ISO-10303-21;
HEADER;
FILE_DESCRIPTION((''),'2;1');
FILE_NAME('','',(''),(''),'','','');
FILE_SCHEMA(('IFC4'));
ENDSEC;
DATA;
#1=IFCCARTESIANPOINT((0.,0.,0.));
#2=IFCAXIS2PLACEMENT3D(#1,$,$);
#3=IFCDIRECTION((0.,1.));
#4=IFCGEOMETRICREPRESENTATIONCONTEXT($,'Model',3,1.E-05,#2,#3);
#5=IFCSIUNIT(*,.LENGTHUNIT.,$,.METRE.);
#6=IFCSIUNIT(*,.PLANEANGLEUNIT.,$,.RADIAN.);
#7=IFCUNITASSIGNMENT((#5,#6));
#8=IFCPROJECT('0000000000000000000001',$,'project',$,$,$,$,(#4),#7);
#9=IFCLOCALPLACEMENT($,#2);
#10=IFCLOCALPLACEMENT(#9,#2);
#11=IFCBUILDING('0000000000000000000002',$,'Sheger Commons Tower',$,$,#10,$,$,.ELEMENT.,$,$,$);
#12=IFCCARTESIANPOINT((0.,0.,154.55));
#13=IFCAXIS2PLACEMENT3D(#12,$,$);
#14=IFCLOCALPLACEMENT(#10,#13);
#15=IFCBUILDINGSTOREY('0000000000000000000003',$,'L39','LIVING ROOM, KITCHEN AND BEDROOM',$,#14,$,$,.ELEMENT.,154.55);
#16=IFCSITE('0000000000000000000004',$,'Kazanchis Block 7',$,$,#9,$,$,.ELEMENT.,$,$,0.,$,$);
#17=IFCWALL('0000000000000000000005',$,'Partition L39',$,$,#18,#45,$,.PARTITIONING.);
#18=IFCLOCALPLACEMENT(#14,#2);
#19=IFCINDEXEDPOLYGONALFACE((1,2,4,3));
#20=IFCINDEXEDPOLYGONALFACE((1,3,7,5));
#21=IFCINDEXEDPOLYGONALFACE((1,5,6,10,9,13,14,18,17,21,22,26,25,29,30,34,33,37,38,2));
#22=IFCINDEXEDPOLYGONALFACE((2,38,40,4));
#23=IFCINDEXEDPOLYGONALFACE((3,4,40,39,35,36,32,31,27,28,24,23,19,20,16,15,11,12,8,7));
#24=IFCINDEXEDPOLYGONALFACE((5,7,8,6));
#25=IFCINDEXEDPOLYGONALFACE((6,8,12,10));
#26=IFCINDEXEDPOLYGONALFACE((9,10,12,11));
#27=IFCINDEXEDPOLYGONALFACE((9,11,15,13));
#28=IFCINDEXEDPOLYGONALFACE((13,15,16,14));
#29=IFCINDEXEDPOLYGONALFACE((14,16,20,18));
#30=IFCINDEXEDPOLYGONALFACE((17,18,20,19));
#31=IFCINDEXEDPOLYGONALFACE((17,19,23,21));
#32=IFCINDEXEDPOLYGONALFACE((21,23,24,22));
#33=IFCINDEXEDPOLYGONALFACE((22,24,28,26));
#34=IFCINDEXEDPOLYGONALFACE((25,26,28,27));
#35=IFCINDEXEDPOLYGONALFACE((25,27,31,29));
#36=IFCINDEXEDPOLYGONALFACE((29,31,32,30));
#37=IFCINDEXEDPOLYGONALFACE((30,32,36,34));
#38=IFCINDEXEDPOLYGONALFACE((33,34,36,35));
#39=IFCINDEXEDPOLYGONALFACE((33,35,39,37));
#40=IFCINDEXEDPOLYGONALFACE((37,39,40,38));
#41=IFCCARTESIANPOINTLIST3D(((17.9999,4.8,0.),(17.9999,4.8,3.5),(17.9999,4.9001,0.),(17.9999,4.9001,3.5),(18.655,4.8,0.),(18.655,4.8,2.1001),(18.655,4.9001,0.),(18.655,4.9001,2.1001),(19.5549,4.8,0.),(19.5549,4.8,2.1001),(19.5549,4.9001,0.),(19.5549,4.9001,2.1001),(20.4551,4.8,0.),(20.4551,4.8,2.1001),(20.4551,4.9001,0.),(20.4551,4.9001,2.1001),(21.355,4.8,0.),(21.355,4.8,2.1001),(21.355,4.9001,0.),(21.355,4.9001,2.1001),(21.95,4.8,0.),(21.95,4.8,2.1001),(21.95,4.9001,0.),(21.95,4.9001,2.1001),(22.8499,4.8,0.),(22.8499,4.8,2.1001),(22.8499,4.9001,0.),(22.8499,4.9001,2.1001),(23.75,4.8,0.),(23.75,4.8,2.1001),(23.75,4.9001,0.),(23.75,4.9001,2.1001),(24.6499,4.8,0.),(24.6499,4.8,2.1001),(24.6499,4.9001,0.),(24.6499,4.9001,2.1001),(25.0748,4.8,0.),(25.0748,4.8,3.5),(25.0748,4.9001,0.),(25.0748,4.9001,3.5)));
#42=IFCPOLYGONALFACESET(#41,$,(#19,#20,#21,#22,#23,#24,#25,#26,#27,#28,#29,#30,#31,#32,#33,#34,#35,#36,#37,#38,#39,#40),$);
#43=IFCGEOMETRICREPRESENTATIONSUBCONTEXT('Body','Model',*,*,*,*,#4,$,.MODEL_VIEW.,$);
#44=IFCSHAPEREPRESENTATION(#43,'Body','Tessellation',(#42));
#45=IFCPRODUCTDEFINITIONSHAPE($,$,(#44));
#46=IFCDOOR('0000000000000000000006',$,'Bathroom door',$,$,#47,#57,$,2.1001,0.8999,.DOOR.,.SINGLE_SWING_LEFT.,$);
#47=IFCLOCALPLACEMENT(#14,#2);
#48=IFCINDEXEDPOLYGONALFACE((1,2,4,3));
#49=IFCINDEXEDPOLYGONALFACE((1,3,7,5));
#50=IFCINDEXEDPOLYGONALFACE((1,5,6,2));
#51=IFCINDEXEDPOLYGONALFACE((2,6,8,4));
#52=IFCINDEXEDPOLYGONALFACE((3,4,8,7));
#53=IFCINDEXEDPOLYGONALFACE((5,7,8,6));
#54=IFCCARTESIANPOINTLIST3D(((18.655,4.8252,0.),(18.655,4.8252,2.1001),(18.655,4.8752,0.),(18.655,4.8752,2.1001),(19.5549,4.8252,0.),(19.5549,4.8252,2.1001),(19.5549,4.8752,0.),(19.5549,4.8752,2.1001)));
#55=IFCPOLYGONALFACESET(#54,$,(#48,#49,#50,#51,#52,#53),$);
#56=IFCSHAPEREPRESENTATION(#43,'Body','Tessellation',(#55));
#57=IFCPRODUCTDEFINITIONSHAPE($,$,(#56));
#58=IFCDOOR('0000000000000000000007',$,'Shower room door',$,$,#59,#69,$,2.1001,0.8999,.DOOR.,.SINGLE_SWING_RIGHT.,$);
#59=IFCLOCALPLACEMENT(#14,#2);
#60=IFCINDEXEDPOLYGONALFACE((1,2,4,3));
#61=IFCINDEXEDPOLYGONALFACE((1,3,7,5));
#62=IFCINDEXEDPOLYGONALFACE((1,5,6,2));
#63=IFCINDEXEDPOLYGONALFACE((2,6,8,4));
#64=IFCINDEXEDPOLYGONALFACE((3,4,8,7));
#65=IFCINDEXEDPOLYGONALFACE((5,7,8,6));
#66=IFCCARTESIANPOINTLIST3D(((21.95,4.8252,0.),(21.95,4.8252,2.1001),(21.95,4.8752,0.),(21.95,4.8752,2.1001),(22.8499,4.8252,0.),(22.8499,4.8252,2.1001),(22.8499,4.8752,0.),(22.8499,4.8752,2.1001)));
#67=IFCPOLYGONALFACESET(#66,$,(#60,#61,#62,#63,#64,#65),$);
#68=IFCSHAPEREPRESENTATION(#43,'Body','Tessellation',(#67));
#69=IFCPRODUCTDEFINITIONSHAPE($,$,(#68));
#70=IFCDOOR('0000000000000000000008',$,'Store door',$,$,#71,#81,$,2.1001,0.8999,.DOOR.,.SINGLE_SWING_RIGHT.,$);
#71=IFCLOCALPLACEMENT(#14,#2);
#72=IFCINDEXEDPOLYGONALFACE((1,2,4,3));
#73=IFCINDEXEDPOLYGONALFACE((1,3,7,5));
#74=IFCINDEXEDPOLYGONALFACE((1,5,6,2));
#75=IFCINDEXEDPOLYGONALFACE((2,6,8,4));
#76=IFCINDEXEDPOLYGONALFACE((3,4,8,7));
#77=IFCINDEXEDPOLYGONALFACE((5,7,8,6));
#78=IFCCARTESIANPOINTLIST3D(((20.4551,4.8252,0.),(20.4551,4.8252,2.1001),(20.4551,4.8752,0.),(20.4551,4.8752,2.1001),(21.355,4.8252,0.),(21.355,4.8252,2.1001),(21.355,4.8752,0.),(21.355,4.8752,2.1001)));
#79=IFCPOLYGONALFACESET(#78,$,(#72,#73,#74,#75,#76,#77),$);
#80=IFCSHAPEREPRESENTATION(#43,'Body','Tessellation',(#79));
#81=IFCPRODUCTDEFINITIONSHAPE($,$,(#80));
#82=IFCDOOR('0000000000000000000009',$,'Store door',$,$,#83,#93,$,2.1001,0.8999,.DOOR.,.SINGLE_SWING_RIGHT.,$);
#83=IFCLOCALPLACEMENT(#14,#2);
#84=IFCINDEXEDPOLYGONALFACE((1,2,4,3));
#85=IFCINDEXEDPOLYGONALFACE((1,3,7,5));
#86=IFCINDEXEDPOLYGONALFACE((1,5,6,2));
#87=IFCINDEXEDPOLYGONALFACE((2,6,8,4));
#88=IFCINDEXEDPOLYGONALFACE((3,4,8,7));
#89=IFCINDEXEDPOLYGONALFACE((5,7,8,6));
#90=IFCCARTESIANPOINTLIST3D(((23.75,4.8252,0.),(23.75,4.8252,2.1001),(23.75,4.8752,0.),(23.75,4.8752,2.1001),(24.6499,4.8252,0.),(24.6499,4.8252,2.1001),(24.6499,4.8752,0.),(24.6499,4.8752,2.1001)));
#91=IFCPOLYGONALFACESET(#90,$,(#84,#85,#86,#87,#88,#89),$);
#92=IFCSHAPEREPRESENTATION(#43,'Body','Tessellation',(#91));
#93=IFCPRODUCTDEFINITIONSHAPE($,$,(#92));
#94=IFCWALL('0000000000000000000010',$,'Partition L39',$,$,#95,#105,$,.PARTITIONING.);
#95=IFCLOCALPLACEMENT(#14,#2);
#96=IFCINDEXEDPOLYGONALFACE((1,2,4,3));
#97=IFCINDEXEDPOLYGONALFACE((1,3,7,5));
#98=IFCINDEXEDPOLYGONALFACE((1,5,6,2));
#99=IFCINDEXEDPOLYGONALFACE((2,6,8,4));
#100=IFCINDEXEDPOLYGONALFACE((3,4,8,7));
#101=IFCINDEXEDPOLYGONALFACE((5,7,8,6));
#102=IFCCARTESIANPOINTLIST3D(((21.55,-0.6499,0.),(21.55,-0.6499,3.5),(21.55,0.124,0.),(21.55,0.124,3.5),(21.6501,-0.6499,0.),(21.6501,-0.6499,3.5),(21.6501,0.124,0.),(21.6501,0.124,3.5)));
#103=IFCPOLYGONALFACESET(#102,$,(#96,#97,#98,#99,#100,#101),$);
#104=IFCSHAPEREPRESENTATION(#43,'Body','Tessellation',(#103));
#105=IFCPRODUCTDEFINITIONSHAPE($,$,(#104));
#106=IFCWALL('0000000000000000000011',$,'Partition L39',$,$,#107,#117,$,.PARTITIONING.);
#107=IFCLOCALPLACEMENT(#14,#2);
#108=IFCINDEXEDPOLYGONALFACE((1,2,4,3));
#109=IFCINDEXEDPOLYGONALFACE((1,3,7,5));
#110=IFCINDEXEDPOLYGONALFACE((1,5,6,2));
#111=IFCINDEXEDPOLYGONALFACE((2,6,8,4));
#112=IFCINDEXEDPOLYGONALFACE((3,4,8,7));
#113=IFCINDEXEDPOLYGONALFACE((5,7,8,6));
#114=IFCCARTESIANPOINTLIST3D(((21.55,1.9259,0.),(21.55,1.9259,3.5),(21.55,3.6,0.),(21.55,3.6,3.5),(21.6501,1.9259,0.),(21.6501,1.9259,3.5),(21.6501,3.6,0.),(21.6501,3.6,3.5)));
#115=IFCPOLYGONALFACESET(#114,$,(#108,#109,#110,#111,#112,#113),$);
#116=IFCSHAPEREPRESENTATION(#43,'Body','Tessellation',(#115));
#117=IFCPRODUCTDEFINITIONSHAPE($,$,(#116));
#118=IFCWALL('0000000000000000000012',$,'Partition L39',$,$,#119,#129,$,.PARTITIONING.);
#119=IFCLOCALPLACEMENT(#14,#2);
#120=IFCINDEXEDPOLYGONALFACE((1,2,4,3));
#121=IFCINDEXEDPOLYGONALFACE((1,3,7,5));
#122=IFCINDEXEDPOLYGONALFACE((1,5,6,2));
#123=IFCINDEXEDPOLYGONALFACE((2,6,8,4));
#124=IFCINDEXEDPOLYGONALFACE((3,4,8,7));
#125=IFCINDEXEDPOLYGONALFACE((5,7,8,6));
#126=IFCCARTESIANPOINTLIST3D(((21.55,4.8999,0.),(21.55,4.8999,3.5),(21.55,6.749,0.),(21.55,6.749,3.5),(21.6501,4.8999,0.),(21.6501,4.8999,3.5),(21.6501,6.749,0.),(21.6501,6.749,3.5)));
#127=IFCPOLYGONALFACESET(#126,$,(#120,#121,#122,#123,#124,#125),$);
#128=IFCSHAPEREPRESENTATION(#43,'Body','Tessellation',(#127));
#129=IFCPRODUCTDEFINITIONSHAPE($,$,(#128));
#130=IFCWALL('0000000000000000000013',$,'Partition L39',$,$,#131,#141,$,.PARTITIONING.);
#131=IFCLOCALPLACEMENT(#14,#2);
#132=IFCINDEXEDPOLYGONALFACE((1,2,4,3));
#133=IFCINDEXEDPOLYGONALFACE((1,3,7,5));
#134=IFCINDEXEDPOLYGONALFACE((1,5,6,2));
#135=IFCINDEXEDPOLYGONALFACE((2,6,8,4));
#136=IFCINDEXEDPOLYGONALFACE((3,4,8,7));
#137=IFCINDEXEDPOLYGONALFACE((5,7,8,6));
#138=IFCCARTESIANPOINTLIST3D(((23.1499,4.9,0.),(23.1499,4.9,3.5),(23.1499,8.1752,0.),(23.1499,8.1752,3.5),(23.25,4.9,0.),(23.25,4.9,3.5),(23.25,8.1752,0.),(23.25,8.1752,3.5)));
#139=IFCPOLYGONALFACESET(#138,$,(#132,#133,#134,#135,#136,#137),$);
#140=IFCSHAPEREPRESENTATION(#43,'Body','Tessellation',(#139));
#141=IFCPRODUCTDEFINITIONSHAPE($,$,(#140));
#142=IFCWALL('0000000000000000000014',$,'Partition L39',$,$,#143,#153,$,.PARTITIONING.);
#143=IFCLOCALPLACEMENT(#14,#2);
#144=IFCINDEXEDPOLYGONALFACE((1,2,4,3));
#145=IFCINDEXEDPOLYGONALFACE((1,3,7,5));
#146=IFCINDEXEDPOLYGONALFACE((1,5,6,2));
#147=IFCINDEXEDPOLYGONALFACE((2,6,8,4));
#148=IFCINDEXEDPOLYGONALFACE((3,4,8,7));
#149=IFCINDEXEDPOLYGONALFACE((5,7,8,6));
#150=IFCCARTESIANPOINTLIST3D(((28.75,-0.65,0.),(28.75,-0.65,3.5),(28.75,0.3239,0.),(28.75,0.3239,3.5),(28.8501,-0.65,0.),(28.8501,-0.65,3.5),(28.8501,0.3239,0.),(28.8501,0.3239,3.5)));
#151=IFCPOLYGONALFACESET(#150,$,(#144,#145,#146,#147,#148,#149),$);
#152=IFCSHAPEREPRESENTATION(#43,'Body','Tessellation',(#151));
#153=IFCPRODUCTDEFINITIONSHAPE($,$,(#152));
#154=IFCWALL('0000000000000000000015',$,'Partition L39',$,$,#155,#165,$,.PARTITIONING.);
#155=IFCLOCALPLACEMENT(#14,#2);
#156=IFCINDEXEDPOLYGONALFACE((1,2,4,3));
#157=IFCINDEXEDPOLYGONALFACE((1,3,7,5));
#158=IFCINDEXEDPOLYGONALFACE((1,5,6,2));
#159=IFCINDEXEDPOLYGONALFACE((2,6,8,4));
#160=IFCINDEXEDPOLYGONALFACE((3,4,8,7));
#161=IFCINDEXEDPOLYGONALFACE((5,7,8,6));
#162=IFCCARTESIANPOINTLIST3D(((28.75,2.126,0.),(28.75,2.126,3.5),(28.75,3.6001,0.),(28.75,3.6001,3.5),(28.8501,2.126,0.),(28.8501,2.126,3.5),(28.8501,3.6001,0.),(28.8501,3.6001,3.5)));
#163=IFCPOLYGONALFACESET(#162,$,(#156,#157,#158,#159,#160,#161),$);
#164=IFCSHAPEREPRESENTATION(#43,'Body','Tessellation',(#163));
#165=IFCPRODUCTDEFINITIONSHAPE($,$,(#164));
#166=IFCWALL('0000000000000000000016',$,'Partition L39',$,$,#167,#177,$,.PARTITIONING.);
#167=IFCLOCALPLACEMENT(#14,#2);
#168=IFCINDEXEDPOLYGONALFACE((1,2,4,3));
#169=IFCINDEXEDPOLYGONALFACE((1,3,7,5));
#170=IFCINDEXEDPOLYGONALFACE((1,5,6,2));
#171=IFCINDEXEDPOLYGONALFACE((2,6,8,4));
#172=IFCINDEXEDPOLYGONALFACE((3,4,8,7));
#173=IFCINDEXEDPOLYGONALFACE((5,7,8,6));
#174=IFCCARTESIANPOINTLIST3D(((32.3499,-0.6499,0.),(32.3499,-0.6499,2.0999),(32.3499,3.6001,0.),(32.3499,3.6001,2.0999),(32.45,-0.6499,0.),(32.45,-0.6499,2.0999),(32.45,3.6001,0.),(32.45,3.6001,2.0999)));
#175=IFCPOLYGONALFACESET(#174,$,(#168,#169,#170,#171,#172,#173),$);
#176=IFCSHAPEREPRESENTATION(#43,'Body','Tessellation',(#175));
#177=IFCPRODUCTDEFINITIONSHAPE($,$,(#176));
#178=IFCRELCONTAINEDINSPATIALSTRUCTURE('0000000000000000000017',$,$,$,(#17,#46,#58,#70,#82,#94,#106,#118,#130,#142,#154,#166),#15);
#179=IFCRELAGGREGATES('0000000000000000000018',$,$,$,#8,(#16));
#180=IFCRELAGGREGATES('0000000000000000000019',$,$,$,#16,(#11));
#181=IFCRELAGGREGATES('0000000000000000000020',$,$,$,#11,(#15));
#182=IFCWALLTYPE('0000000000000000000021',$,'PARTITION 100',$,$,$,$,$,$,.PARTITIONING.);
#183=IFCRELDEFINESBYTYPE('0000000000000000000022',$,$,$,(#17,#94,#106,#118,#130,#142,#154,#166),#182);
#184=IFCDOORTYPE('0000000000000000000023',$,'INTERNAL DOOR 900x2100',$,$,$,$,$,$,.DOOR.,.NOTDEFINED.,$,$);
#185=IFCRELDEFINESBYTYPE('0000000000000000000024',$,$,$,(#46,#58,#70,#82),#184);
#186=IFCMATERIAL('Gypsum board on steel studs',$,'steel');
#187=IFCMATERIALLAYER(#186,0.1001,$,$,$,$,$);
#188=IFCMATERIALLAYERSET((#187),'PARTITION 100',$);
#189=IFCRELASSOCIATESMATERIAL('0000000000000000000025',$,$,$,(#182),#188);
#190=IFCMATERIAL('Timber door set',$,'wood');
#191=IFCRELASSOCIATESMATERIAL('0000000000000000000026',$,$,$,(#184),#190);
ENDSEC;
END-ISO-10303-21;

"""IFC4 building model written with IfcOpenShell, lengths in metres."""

from ifc_helpers import new_model, si_unit, direction, frame, frame_2d, origin, place, context, subcontext, project, spatial, rectangle, extrude, material, layer, layer_set, type_object, element, fill, save


model = new_model("IFC4")

# Units and contexts
model_context = context("Model", 3, precision=1e-05, world=origin(), true_north=direction((0.0, 1.0)))
body_context = subcontext(model_context, "Body", "Model", "MODEL_VIEW")
ifc_project = project(units=[si_unit("LENGTHUNIT", "METRE"), si_unit("PLANEANGLEUNIT", "RADIAN")], contexts=[model_context])

# Site, building, storey
site_placement = place(None, origin())
site = spatial("IfcSite", under=ifc_project, at=site_placement, Name="Kazanchis Block 7", CompositionType="ELEMENT", RefElevation=0.0)
building_placement = place(site_placement, origin())
building = spatial("IfcBuilding", under=site, at=building_placement, Name="Sheger Commons Tower", CompositionType="ELEMENT")
storey_placement = place(building_placement, frame((0.0, 0.0, 154.55)))
storey = spatial("IfcBuildingStorey", under=building, at=storey_placement, Name="L39", Description="LIVING ROOM, KITCHEN AND BEDROOM", CompositionType="ELEMENT", Elevation=154.55)

# Wall, openings, doors
ifc_material_1 = material(Name="Gypsum board on steel studs", Category="steel")
ifc_layer_1 = layer(ifc_material_1, 0.1001)
ifc_layer_set_1 = layer_set([ifc_layer_1], Name="PARTITION 100")
wall_type_1 = type_object("IfcWallType", Name="PARTITION 100", PredefinedType="PARTITIONING", material=ifc_layer_set_1)
ifc_material_2 = material(Name="Timber door set", Category="wood")
door_type = type_object("IfcDoorType", Name="INTERNAL DOOR 900x2100", OperationType="NOTDEFINED", PredefinedType="DOOR", material=ifc_material_2)
wall_1_placement = place(storey_placement, frame((25.075, 4.8501, 0.0), z_axis=(0.0, 0.0, 1.0), x_axis=(-1.0, 0.0, 0.0)))
wall_1 = element("IfcWall", 1, at=wall_1_placement, inside=storey, type_object=wall_type_1, Name="Partition L39", PredefinedType="PARTITIONING", context=body_context, shape_type="SweptSolid", body=[
    extrude(rectangle(XDim=7.075, YDim=0.1001, at=frame_2d((3.5376, 0.0))), origin(), (0.0, 0.0, 1.0), 3.5),
])
opening_1_placement = place(wall_1_placement, frame((5.52, 0.0, 0.0)))
opening_1 = element("IfcOpeningElement", 2, at=opening_1_placement, cuts=wall_1, PredefinedType="OPENING", context=body_context, shape_type="SweptSolid", body=[
    extrude(rectangle(XDim=0.8999, YDim=2.1001, at=frame_2d((0.45, 1.05))), frame((0.0, 0.0601, 0.0), z_axis=(0.0, -1.0, 0.0), x_axis=(1.0, 0.0, 0.0)), (0.0, 0.0, 1.0), 0.1201),
])
opening_2_placement = place(wall_1_placement, frame((2.2251, 0.0, 0.0)))
opening_2 = element("IfcOpeningElement", 3, at=opening_2_placement, cuts=wall_1, PredefinedType="OPENING", context=body_context, shape_type="SweptSolid", body=[
    extrude(rectangle(XDim=0.8999, YDim=2.1001, at=frame_2d((0.45, 1.05))), frame((0.0, 0.0601, 0.0), z_axis=(0.0, -1.0, 0.0), x_axis=(1.0, 0.0, 0.0)), (0.0, 0.0, 1.0), 0.1201),
])
opening_3_placement = place(wall_1_placement, frame((3.72, 0.0, 0.0)))
opening_3 = element("IfcOpeningElement", 4, at=opening_3_placement, cuts=wall_1, PredefinedType="OPENING", context=body_context, shape_type="SweptSolid", body=[
    extrude(rectangle(XDim=0.8999, YDim=2.1001, at=frame_2d((0.45, 1.05))), frame((0.0, 0.0601, 0.0), z_axis=(0.0, -1.0, 0.0), x_axis=(1.0, 0.0, 0.0)), (0.0, 0.0, 1.0), 0.1201),
])
opening_4_placement = place(wall_1_placement, frame((0.425, 0.0, 0.0)))
opening_4 = element("IfcOpeningElement", 5, at=opening_4_placement, cuts=wall_1, PredefinedType="OPENING", context=body_context, shape_type="SweptSolid", body=[
    extrude(rectangle(XDim=0.8999, YDim=2.1001, at=frame_2d((0.45, 1.05))), frame((0.0, 0.0601, 0.0), z_axis=(0.0, -1.0, 0.0), x_axis=(1.0, 0.0, 0.0)), (0.0, 0.0, 1.0), 0.1201),
])
door_1_placement = place(opening_1_placement, origin())
door_1 = element("IfcDoor", 6, at=door_1_placement, inside=storey, type_object=door_type, Name="Bathroom door", OperationType="SINGLE_SWING_LEFT", OverallHeight=2.1001, OverallWidth=0.8999, PredefinedType="DOOR", context=body_context, shape_type="SweptSolid", body=[
    extrude(rectangle(XDim=0.8999, YDim=2.1001, at=frame_2d((0.45, 1.05))), frame((0.0, 0.0249, 0.0), z_axis=(0.0, -1.0, 0.0), x_axis=(1.0, 0.0, 0.0)), (0.0, 0.0, 1.0), 0.05),
])
fill(opening_1, door_1)
door_2_placement = place(opening_2_placement, origin())
door_2 = element("IfcDoor", 7, at=door_2_placement, inside=storey, type_object=door_type, Name="Shower room door", OperationType="SINGLE_SWING_RIGHT", OverallHeight=2.1001, OverallWidth=0.8999, PredefinedType="DOOR", context=body_context, shape_type="SweptSolid", body=[
    extrude(rectangle(XDim=0.8999, YDim=2.1001, at=frame_2d((0.45, 1.05))), frame((0.0, 0.0249, 0.0), z_axis=(0.0, -1.0, 0.0), x_axis=(1.0, 0.0, 0.0)), (0.0, 0.0, 1.0), 0.05),
])
fill(opening_2, door_2)
door_3_placement = place(opening_3_placement, origin())
door_3 = element("IfcDoor", 8, at=door_3_placement, inside=storey, type_object=door_type, Name="Store door", OperationType="SINGLE_SWING_RIGHT", OverallHeight=2.1001, OverallWidth=0.8999, PredefinedType="DOOR", context=body_context, shape_type="SweptSolid", body=[
    extrude(rectangle(XDim=0.8999, YDim=2.1001, at=frame_2d((0.45, 1.05))), frame((0.0, 0.0249, 0.0), z_axis=(0.0, -1.0, 0.0), x_axis=(1.0, 0.0, 0.0)), (0.0, 0.0, 1.0), 0.05),
])
fill(opening_3, door_3)
door_4_placement = place(opening_4_placement, origin())
door_4 = element("IfcDoor", 9, at=door_4_placement, inside=storey, type_object=door_type, Name="Store door", OperationType="SINGLE_SWING_RIGHT", OverallHeight=2.1001, OverallWidth=0.8999, PredefinedType="DOOR", context=body_context, shape_type="SweptSolid", body=[
    extrude(rectangle(XDim=0.8999, YDim=2.1001, at=frame_2d((0.45, 1.05))), frame((0.0, 0.0249, 0.0), z_axis=(0.0, -1.0, 0.0), x_axis=(1.0, 0.0, 0.0)), (0.0, 0.0, 1.0), 0.05),
])
fill(opening_4, door_4)

# Walls
wall_2_placement = place(storey_placement, frame((21.6001, -0.6499, 0.0), z_axis=(0.0, 0.0, 1.0), x_axis=(0.0, 1.0, 0.0)))
element("IfcWall", 10, at=wall_2_placement, inside=storey, type_object=wall_type_1, Name="Partition L39", PredefinedType="PARTITIONING", context=body_context, shape_type="SweptSolid", body=[
    extrude(rectangle(XDim=0.7739, YDim=0.1001, at=frame_2d((0.387, 0.0))), origin(), (0.0, 0.0, 1.0), 3.5),
])
wall_3_placement = place(storey_placement, frame((21.6001, 1.926, 0.0), z_axis=(0.0, 0.0, 1.0), x_axis=(0.0, 1.0, 0.0)))
element("IfcWall", 11, at=wall_3_placement, inside=storey, type_object=wall_type_1, Name="Partition L39", PredefinedType="PARTITIONING", context=body_context, shape_type="SweptSolid", body=[
    extrude(rectangle(XDim=1.6741, YDim=0.1001, at=frame_2d((0.8369, 0.0))), origin(), (0.0, 0.0, 1.0), 3.5),
])
wall_4_placement = place(storey_placement, frame((21.6001, 4.8999, 0.0), z_axis=(0.0, 0.0, 1.0), x_axis=(0.0, 1.0, 0.0)))
element("IfcWall", 12, at=wall_4_placement, inside=storey, type_object=wall_type_1, Name="Partition L39", PredefinedType="PARTITIONING", context=body_context, shape_type="SweptSolid", body=[
    extrude(rectangle(XDim=1.8491, YDim=0.1001, at=frame_2d((0.9246, 0.0))), origin(), (0.0, 0.0, 1.0), 3.5),
])
wall_5_placement = place(storey_placement, frame((23.2, 4.8999, 0.0), z_axis=(0.0, 0.0, 1.0), x_axis=(0.0, 1.0, 0.0)))
element("IfcWall", 13, at=wall_5_placement, inside=storey, type_object=wall_type_1, Name="Partition L39", PredefinedType="PARTITIONING", context=body_context, shape_type="SweptSolid", body=[
    extrude(rectangle(XDim=3.2751, YDim=0.1001, at=frame_2d((1.6377, 0.0))), origin(), (0.0, 0.0, 1.0), 3.5),
])
wall_6_placement = place(storey_placement, frame((28.8, -0.6499, 0.0), z_axis=(0.0, 0.0, 1.0), x_axis=(0.0, 1.0, 0.0)))
element("IfcWall", 14, at=wall_6_placement, inside=storey, type_object=wall_type_1, Name="Partition L39", PredefinedType="PARTITIONING", context=body_context, shape_type="SweptSolid", body=[
    extrude(rectangle(XDim=0.9739, YDim=0.1001, at=frame_2d((0.4868, 0.0))), origin(), (0.0, 0.0, 1.0), 3.5),
])
wall_7_placement = place(storey_placement, frame((28.8, 2.126, 0.0), z_axis=(0.0, 0.0, 1.0), x_axis=(0.0, 1.0, 0.0)))
element("IfcWall", 15, at=wall_7_placement, inside=storey, type_object=wall_type_1, Name="Partition L39", PredefinedType="PARTITIONING", context=body_context, shape_type="SweptSolid", body=[
    extrude(rectangle(XDim=1.4741, YDim=0.1001, at=frame_2d((0.7371, 0.0))), origin(), (0.0, 0.0, 1.0), 3.5),
])
wall_8_placement = place(storey_placement, frame((32.3999, -0.6499, 0.0), z_axis=(0.0, 0.0, 1.0), x_axis=(0.0, 1.0, 0.0)))
element("IfcWall", 16, at=wall_8_placement, inside=storey, type_object=wall_type_1, Name="Partition L39", PredefinedType="PARTITIONING", context=body_context, shape_type="SweptSolid", body=[
    extrude(rectangle(XDim=4.25, YDim=0.1001, at=frame_2d((2.125, 0.0))), origin(), (0.0, 0.0, 1.0), 2.0999),
])

save(model, "model.ifc")
